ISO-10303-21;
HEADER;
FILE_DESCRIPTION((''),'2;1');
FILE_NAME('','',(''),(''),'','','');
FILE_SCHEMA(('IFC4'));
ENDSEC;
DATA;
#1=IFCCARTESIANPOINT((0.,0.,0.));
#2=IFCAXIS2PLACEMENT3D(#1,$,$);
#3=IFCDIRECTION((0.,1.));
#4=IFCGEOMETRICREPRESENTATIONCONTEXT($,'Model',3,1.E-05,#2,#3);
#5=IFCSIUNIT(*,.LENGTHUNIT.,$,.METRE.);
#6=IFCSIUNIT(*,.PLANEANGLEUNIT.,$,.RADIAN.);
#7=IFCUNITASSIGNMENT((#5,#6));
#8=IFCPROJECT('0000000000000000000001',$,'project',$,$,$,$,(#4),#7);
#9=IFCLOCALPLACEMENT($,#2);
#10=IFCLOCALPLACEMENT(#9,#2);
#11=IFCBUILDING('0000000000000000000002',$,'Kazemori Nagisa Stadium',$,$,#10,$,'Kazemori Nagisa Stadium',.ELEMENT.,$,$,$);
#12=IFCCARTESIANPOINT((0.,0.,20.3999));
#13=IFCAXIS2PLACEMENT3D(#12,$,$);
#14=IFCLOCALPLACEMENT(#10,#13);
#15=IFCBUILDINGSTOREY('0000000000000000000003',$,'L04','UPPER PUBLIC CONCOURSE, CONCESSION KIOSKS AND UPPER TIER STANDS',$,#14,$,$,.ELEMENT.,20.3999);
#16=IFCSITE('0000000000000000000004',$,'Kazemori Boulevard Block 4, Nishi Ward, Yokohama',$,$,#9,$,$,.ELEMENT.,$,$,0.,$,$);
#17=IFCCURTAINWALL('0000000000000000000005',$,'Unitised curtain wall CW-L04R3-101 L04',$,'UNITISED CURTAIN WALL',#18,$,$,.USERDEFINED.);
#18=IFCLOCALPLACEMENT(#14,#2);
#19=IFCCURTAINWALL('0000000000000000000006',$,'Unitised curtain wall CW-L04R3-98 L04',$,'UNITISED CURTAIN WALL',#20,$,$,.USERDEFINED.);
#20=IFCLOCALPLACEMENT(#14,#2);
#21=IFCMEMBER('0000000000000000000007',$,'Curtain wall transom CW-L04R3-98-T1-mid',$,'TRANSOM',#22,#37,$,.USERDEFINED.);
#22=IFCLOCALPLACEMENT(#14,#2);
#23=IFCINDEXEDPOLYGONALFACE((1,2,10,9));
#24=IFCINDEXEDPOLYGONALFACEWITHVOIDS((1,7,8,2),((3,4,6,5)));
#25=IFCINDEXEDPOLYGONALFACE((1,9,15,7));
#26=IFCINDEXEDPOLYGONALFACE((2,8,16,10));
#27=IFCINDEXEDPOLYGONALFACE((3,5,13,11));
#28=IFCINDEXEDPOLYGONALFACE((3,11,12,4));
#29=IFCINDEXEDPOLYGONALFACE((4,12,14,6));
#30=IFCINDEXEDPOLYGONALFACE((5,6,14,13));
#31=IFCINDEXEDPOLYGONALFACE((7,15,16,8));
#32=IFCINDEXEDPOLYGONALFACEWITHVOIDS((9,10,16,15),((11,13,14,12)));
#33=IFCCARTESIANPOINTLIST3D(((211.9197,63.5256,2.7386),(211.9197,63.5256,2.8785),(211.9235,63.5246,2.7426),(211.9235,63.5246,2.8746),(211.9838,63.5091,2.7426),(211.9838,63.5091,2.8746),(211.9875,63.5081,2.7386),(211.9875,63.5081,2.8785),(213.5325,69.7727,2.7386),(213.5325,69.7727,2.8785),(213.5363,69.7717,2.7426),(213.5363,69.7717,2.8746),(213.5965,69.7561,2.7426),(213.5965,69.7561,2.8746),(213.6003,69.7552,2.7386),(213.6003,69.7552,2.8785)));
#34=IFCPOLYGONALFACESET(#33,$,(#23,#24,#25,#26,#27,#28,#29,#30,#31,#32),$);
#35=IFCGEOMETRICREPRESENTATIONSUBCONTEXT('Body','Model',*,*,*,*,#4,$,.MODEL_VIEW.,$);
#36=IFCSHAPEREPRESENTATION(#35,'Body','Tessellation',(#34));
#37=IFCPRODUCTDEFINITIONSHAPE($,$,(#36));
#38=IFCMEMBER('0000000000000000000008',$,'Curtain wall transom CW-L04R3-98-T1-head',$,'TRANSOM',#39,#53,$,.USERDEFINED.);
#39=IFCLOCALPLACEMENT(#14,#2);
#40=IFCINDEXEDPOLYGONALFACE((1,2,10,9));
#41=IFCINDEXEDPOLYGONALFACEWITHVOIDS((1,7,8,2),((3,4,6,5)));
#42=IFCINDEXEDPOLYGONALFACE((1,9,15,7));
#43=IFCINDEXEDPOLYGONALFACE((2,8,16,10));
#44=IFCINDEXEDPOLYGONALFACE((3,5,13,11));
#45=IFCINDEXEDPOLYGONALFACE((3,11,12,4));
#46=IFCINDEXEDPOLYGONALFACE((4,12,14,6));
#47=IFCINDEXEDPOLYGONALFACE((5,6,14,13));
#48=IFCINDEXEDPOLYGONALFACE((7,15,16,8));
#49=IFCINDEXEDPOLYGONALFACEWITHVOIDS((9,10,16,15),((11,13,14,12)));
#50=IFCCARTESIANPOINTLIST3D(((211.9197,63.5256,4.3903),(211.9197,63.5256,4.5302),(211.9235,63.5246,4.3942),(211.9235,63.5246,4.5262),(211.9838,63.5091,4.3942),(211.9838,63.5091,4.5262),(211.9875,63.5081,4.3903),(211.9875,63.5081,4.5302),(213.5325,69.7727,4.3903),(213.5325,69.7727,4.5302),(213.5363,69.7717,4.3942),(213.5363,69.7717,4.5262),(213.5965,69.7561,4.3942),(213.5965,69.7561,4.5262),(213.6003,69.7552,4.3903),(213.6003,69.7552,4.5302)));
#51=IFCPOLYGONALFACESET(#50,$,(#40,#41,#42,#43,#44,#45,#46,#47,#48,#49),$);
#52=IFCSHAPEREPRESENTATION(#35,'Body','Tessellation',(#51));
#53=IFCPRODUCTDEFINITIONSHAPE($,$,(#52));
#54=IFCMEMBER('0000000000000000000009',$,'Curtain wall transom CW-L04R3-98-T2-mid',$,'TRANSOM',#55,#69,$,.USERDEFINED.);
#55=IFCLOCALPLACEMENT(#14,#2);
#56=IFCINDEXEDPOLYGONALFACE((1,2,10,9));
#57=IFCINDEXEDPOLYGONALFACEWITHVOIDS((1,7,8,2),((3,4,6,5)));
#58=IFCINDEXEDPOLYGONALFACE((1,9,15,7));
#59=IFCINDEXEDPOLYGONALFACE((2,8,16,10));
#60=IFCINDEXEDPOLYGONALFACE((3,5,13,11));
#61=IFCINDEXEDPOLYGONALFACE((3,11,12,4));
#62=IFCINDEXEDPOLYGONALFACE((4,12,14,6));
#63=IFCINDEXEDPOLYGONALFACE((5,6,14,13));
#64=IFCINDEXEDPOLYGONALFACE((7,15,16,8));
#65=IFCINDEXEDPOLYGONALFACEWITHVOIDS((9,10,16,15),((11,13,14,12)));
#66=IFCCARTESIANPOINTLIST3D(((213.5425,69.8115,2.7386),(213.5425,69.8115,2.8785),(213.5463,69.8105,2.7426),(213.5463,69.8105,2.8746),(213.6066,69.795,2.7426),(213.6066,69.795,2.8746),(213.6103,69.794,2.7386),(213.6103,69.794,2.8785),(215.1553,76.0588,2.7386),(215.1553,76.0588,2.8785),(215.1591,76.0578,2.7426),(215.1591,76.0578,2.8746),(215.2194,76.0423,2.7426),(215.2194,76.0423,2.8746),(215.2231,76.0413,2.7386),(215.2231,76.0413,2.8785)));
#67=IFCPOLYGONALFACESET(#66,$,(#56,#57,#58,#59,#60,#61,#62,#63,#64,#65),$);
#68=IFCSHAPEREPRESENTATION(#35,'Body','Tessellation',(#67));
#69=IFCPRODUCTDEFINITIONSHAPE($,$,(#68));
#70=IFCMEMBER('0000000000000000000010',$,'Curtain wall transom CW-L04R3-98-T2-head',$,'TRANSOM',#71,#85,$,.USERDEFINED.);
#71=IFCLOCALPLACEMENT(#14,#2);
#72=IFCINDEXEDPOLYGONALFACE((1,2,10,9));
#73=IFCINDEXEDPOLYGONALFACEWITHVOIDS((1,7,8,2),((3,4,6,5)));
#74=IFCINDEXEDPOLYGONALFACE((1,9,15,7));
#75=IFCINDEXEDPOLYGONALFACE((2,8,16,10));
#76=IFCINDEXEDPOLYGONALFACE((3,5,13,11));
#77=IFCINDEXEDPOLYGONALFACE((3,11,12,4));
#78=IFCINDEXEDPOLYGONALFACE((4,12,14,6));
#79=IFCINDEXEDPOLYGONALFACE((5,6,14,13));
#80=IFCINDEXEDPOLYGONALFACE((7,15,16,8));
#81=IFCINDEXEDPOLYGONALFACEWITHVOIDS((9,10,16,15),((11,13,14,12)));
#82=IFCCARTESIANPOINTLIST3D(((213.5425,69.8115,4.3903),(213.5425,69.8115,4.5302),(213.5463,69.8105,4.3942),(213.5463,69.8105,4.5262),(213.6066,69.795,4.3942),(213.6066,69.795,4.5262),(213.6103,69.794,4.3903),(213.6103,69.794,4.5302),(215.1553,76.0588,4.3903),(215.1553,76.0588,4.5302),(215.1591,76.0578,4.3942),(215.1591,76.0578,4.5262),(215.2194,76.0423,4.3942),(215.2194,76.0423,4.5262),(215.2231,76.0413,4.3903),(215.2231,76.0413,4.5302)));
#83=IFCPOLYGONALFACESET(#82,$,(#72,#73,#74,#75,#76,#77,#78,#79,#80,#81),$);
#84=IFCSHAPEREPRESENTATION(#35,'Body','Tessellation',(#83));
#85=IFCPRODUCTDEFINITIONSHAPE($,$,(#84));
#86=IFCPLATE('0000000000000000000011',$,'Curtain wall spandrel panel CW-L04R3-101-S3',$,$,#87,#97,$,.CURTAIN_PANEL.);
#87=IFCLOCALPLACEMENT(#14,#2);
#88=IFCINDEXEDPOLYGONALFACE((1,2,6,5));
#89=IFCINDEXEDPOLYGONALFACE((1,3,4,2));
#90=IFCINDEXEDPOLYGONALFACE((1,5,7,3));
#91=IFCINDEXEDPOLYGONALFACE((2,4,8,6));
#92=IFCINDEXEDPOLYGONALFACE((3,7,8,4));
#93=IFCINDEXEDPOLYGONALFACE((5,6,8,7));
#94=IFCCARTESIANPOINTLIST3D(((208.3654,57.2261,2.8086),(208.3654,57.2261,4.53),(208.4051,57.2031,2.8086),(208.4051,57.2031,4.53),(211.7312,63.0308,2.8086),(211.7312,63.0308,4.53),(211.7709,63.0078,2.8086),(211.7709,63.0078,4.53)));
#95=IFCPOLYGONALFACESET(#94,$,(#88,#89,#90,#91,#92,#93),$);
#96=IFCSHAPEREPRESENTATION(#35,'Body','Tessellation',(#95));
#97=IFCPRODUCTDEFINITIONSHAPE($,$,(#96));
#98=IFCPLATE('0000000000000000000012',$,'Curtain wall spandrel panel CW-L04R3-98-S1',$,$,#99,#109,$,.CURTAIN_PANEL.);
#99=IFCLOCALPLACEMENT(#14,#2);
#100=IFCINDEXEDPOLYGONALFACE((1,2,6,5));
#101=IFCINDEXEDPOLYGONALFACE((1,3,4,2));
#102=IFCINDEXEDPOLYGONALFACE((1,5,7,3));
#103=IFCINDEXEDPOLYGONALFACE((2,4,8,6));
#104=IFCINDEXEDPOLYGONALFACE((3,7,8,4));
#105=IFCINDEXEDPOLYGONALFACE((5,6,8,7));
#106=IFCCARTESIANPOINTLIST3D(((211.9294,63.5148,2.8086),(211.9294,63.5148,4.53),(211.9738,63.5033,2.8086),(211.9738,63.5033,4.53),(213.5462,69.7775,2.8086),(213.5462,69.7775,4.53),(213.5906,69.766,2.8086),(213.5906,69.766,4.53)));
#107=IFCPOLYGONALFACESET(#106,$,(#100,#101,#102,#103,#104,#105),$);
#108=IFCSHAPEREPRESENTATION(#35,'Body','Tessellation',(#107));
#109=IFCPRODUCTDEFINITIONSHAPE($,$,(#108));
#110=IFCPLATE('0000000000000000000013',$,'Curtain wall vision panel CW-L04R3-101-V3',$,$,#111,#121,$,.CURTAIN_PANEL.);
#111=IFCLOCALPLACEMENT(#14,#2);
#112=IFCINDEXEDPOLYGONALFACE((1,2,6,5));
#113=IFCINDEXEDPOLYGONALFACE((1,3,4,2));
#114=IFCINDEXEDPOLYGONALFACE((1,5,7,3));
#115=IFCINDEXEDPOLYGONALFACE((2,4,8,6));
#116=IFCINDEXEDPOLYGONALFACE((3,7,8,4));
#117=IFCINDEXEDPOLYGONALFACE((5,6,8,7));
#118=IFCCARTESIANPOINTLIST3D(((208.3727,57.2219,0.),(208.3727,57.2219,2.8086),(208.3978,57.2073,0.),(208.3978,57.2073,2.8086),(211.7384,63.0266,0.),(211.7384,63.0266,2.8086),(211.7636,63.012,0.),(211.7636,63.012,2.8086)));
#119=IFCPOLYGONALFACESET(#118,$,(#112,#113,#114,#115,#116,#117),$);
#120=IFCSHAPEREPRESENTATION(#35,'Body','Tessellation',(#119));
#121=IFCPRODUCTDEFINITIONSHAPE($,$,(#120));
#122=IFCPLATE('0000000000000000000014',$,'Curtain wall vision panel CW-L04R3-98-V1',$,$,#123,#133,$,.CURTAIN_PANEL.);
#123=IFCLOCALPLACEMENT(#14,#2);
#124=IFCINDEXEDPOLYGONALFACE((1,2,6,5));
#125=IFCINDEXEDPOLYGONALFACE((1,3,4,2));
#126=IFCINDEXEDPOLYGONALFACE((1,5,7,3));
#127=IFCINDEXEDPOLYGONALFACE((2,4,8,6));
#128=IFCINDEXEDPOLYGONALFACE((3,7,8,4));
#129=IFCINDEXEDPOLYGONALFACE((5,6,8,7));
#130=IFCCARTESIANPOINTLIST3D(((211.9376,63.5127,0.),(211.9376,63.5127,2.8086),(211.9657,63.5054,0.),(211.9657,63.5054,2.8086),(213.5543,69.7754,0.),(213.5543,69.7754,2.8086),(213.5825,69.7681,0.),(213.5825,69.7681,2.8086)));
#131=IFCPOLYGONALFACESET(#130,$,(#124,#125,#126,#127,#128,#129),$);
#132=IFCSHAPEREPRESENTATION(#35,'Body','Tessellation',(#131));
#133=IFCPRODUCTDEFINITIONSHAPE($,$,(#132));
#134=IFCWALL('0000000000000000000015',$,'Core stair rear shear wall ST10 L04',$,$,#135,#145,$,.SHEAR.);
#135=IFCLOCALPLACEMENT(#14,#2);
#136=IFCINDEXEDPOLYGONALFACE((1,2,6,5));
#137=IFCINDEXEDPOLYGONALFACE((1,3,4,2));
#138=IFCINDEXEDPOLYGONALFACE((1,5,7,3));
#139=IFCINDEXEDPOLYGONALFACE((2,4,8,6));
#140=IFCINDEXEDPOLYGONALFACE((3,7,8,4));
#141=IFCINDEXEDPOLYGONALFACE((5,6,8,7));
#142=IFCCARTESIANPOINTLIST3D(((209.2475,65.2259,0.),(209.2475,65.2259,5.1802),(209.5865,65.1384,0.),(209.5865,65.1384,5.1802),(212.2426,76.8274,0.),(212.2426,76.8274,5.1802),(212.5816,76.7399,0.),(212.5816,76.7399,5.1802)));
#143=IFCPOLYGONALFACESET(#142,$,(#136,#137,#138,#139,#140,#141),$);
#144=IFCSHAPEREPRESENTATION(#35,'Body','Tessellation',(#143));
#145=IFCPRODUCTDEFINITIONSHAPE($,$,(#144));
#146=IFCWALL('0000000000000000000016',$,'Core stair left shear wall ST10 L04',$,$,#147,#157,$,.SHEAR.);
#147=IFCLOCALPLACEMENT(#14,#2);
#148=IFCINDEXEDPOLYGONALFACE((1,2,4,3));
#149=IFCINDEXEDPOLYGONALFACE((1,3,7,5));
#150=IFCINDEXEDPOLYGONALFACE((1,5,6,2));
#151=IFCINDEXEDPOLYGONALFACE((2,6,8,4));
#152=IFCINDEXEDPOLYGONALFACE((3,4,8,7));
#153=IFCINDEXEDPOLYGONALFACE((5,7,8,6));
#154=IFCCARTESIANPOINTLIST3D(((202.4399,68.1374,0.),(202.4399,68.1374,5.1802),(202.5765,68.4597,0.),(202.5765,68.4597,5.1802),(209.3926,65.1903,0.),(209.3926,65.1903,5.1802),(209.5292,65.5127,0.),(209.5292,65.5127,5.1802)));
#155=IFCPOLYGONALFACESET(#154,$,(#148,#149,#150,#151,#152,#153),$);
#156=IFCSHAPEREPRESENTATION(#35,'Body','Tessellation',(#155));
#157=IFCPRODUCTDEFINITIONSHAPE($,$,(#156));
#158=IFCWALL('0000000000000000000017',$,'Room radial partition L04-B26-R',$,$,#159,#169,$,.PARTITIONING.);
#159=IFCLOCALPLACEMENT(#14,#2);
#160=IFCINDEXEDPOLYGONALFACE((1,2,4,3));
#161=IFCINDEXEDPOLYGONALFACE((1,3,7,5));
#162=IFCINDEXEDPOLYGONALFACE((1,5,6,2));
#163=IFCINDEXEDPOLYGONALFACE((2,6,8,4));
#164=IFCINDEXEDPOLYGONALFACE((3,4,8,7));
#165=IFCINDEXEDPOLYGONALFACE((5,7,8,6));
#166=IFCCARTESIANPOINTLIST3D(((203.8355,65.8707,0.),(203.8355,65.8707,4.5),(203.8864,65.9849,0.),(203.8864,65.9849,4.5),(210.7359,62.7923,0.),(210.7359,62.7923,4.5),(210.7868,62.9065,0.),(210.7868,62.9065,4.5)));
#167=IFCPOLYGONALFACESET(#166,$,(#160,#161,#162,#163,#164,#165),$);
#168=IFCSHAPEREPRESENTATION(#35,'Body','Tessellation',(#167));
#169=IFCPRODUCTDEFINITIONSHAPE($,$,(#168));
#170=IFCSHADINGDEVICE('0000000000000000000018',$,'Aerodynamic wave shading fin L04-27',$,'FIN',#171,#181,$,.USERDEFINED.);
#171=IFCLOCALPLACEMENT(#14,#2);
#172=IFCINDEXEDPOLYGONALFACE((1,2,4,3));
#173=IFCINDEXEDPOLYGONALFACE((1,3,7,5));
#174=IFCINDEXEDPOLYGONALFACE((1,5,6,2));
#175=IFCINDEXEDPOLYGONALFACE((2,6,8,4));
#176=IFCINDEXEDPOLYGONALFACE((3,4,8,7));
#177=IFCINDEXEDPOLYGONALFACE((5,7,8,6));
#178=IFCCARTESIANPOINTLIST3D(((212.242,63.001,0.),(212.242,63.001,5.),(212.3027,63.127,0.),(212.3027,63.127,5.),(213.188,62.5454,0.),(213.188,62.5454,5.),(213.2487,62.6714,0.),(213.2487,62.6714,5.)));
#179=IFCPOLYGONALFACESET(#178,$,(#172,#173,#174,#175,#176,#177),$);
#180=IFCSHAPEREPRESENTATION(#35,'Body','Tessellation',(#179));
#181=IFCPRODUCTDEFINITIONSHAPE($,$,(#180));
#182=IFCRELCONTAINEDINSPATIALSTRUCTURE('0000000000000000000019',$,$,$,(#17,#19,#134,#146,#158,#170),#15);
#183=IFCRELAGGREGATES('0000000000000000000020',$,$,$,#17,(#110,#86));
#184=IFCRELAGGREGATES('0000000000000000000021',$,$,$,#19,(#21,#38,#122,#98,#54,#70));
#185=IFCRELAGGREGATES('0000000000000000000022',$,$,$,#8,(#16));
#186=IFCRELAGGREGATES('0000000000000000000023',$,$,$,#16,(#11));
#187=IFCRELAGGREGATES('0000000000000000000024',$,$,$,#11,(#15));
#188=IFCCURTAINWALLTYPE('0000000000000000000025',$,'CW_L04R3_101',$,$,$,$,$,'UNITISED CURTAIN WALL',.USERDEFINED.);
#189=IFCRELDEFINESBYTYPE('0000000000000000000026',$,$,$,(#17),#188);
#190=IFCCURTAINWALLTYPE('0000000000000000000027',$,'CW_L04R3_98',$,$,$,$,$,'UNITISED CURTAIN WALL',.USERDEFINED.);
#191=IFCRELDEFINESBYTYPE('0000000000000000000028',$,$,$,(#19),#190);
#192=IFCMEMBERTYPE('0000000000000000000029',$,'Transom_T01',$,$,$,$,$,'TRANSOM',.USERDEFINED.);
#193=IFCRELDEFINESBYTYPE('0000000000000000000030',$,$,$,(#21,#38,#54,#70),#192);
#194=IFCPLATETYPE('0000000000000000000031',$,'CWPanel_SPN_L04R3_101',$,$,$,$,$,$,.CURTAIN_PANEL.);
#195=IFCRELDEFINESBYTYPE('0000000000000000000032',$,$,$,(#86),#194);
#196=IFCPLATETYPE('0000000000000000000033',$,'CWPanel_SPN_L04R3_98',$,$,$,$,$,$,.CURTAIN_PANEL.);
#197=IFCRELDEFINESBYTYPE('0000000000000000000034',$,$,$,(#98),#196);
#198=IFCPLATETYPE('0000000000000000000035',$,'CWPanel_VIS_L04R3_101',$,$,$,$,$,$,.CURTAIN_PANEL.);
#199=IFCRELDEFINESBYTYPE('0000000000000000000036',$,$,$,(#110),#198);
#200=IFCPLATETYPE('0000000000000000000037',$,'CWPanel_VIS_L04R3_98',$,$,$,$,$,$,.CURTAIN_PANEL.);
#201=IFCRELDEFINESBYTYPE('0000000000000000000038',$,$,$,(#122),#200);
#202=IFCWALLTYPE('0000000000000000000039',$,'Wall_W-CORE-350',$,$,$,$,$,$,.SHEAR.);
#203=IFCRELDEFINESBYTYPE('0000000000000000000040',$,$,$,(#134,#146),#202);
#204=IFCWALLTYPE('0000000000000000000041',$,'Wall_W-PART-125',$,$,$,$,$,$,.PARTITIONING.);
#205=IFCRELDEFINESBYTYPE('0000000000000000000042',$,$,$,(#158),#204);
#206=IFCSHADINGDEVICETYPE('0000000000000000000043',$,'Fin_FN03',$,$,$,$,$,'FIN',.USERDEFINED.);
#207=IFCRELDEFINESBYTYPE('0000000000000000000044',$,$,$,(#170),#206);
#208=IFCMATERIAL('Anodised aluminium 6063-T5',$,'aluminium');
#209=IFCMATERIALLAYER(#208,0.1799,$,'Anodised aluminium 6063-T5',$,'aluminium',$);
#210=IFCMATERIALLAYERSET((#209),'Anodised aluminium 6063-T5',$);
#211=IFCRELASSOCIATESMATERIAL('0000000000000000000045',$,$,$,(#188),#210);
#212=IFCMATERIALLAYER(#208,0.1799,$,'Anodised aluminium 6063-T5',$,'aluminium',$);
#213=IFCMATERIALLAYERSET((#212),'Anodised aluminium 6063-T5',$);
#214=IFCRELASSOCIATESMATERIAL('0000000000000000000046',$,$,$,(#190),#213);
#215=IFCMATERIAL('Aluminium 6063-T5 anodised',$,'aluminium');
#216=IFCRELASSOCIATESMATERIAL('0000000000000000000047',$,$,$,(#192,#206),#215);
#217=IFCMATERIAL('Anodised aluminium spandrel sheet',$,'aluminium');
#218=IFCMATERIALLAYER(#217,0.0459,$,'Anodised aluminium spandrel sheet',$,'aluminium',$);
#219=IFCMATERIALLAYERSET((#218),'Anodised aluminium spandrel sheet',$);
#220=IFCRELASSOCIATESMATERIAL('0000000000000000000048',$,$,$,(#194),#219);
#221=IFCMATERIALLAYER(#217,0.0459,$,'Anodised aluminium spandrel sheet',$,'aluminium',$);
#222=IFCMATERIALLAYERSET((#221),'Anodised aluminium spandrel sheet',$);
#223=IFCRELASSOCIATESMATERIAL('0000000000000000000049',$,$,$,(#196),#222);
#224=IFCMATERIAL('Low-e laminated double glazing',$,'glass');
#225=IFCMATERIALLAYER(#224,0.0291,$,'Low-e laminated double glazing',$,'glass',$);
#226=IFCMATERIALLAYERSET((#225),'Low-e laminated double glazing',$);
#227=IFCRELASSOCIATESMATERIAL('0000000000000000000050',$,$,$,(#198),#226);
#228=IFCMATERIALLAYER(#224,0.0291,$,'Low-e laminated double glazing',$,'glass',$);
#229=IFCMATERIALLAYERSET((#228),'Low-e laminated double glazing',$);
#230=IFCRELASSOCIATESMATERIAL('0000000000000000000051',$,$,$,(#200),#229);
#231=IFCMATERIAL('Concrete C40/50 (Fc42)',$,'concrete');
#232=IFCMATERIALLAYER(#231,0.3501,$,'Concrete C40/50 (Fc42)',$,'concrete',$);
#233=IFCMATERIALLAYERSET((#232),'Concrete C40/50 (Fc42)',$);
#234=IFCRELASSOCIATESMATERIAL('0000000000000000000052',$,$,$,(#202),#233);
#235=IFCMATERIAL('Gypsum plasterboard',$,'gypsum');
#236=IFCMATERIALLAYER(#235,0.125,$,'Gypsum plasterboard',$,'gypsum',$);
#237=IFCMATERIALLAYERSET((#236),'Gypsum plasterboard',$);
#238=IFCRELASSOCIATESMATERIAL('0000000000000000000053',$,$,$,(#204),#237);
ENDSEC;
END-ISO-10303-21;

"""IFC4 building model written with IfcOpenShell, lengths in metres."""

from ifc_helpers import new_model, si_unit, direction, frame, frame_2d, origin, origin_2d, place, context, subcontext, project, spatial, rectangle, hollow_rectangle, extrude, material, layer, layer_set, material_profile, profile_set, type_object, element, aggregate, save


model = new_model("IFC4")

# Units and contexts
model_context = context("Model", 3, precision=1e-05, world=origin(), true_north=direction((0.0, 1.0)))
body_context = subcontext(model_context, "Body", "Model", "MODEL_VIEW")
ifc_project = project(units=[si_unit("LENGTHUNIT", "METRE"), si_unit("PLANEANGLEUNIT", "RADIAN")], contexts=[model_context])

# Site, building, storey
site_placement = place(None, origin())
site = spatial("IfcSite", under=ifc_project, at=site_placement, Name="Kazemori Boulevard Block 4, Nishi Ward, Yokohama", CompositionType="ELEMENT", RefElevation=0.0)
building_placement = place(site_placement, origin())
building = spatial("IfcBuilding", under=site, at=building_placement, Name="Kazemori Nagisa Stadium", LongName="Kazemori Nagisa Stadium", CompositionType="ELEMENT")
storey_placement = place(building_placement, frame((0.0, 0.0, 20.3999)))
storey = spatial("IfcBuildingStorey", under=building, at=storey_placement, Name="L04", Description="UPPER PUBLIC CONCOURSE, CONCESSION KIOSKS AND UPPER TIER STANDS", CompositionType="ELEMENT", Elevation=20.3999)

# Curtain walls
ifc_material_1 = material(Name="Anodised aluminium 6063-T5", Category="aluminium")
ifc_layer_1 = layer(ifc_material_1, 0.1799, Name="Anodised aluminium 6063-T5", Category="aluminium")
ifc_layer_set_1 = layer_set([ifc_layer_1], Name="Anodised aluminium 6063-T5")
curtain_wall_type_1 = type_object("IfcCurtainWallType", Name="CW_L04R3_101", ElementType="UNITISED CURTAIN WALL", PredefinedType="USERDEFINED", material=ifc_layer_set_1)
curtain_wall_1_placement = place(storey_placement, origin())
curtain_wall_1 = element("IfcCurtainWall", 1, at=curtain_wall_1_placement, inside=storey, type_object=curtain_wall_type_1, Name="Unitised curtain wall CW-L04R3-101 L04", ObjectType="UNITISED CURTAIN WALL", PredefinedType="USERDEFINED")
ifc_material_2 = material(Name="Aluminium 6063-T5 anodised", Category="aluminium")
ifc_layer_2 = layer(ifc_material_1, 0.1799, Name="Anodised aluminium 6063-T5", Category="aluminium")
ifc_layer_set_2 = layer_set([ifc_layer_2], Name="Anodised aluminium 6063-T5")
curtain_wall_type_2 = type_object("IfcCurtainWallType", Name="CW_L04R3_98", ElementType="UNITISED CURTAIN WALL", PredefinedType="USERDEFINED", material=ifc_layer_set_2)
curtain_wall_2_placement = place(storey_placement, origin())
curtain_wall_2 = element("IfcCurtainWall", 2, at=curtain_wall_2_placement, inside=storey, type_object=curtain_wall_type_2, Name="Unitised curtain wall CW-L04R3-98 L04", ObjectType="UNITISED CURTAIN WALL", PredefinedType="USERDEFINED")

# Members
ifc_material_profile_1 = material_profile(ifc_material_2, hollow_rectangle(XDim=0.0701, YDim=0.1399, WallThickness=0.0039, at=origin_2d()), Name="ALU-TRAN-70x140x4")
ifc_profile_set_1 = profile_set([ifc_material_profile_1], Name="Aluminium 6063-T5 anodised")
member_type_1 = type_object("IfcMemberType", Name="Transom_T01", ElementType="TRANSOM", PredefinedType="USERDEFINED", material=ifc_profile_set_1)
member_1_placement = place(storey_placement, frame((211.9536, 63.5168, 2.8086), z_axis=(0.249972, 0.968253, 0.0), x_axis=(-0.968253, 0.249972, 0.0)))
member_1 = element("IfcMember", 3, at=member_1_placement, type_object=member_type_1, Name="Curtain wall transom CW-L04R3-98-T1-mid", ObjectType="TRANSOM", PredefinedType="USERDEFINED", context=body_context, shape_type="SweptSolid", body=[
    extrude(hollow_rectangle(XDim=0.0701, YDim=0.1399, WallThickness=0.0039, at=origin_2d()), origin(), (0.0, 0.0, 1.0), 6.4519),
])
member_2_placement = place(storey_placement, frame((211.9536, 63.5168, 4.4602), z_axis=(0.249972, 0.968253, 0.0), x_axis=(-0.968253, 0.249972, 0.0)))
member_2 = element("IfcMember", 4, at=member_2_placement, type_object=member_type_1, Name="Curtain wall transom CW-L04R3-98-T1-head", ObjectType="TRANSOM", PredefinedType="USERDEFINED", context=body_context, shape_type="SweptSolid", body=[
    extrude(hollow_rectangle(XDim=0.0701, YDim=0.1399, WallThickness=0.0039, at=origin_2d()), origin(), (0.0, 0.0, 1.0), 6.4519),
])
member_3_placement = place(storey_placement, frame((213.5764, 69.8027, 2.8086), z_axis=(0.249963, 0.968255, 0.0), x_axis=(-0.968255, 0.249963, 0.0)))
member_3 = element("IfcMember", 5, at=member_3_placement, type_object=member_type_1, Name="Curtain wall transom CW-L04R3-98-T2-mid", ObjectType="TRANSOM", PredefinedType="USERDEFINED", context=body_context, shape_type="SweptSolid", body=[
    extrude(hollow_rectangle(XDim=0.0701, YDim=0.1399, WallThickness=0.0039, at=origin_2d()), origin(), (0.0, 0.0, 1.0), 6.4521),
])
member_4_placement = place(storey_placement, frame((213.5764, 69.8027, 4.4602), z_axis=(0.249963, 0.968255, 0.0), x_axis=(-0.968255, 0.249963, 0.0)))
member_4 = element("IfcMember", 6, at=member_4_placement, type_object=member_type_1, Name="Curtain wall transom CW-L04R3-98-T2-head", ObjectType="TRANSOM", PredefinedType="USERDEFINED", context=body_context, shape_type="SweptSolid", body=[
    extrude(hollow_rectangle(XDim=0.0701, YDim=0.1399, WallThickness=0.0039, at=origin_2d()), origin(), (0.0, 0.0, 1.0), 6.4521),
])

# Plates
ifc_material_3 = material(Name="Anodised aluminium spandrel sheet", Category="aluminium")
ifc_layer_3 = layer(ifc_material_3, 0.0459, Name="Anodised aluminium spandrel sheet", Category="aluminium")
ifc_layer_set_3 = layer_set([ifc_layer_3], Name="Anodised aluminium spandrel sheet")
plate_type_1 = type_object("IfcPlateType", Name="CWPanel_SPN_L04R3_101", PredefinedType="CURTAIN_PANEL", material=ifc_layer_set_3)
plate_1_placement = place(storey_placement, frame((210.0681, 60.1169, 2.8086), z_axis=(0.0, 0.0, 1.0), x_axis=(0.501612, 0.865093, 0.0)))
plate_1 = element("IfcPlate", 7, at=plate_1_placement, type_object=plate_type_1, Name="Curtain wall spandrel panel CW-L04R3-101-S3", PredefinedType="CURTAIN_PANEL", context=body_context, shape_type="SweptSolid", body=[
    extrude(rectangle(XDim=6.71, YDim=0.0459, at=origin_2d()), origin(), (0.0, 0.0, 1.0), 1.7214),
])
ifc_layer_4 = layer(ifc_material_3, 0.0459, Name="Anodised aluminium spandrel sheet", Category="aluminium")
ifc_layer_set_4 = layer_set([ifc_layer_4], Name="Anodised aluminium spandrel sheet")
plate_type_2 = type_object("IfcPlateType", Name="CWPanel_SPN_L04R3_98", PredefinedType="CURTAIN_PANEL", material=ifc_layer_set_4)
plate_2_placement = place(storey_placement, frame((212.76, 66.6404, 2.8086), z_axis=(0.0, 0.0, 1.0), x_axis=(0.249965, 0.968255, 0.0)))
plate_2 = element("IfcPlate", 8, at=plate_2_placement, type_object=plate_type_2, Name="Curtain wall spandrel panel CW-L04R3-98-S1", PredefinedType="CURTAIN_PANEL", context=body_context, shape_type="SweptSolid", body=[
    extrude(rectangle(XDim=6.468, YDim=0.0459, at=origin_2d()), origin(), (0.0, 0.0, 1.0), 1.7214),
])
ifc_material_4 = material(Name="Low-e laminated double glazing", Category="glass")
ifc_layer_5 = layer(ifc_material_4, 0.0291, Name="Low-e laminated double glazing", Category="glass")
ifc_layer_set_5 = layer_set([ifc_layer_5], Name="Low-e laminated double glazing")
plate_type_3 = type_object("IfcPlateType", Name="CWPanel_VIS_L04R3_101", PredefinedType="CURTAIN_PANEL", material=ifc_layer_set_5)
plate_3_placement = place(storey_placement, frame((210.0681, 60.1169, 0.0), z_axis=(0.0, 0.0, 1.0), x_axis=(0.501612, 0.865093, 0.0)))
plate_3 = element("IfcPlate", 9, at=plate_3_placement, type_object=plate_type_3, Name="Curtain wall vision panel CW-L04R3-101-V3", PredefinedType="CURTAIN_PANEL", context=body_context, shape_type="SweptSolid", body=[
    extrude(rectangle(XDim=6.71, YDim=0.0291, at=origin_2d()), origin(), (0.0, 0.0, 1.0), 2.8086),
])
aggregate(curtain_wall_1, [plate_3, plate_1])
ifc_layer_6 = layer(ifc_material_4, 0.0291, Name="Low-e laminated double glazing", Category="glass")
ifc_layer_set_6 = layer_set([ifc_layer_6], Name="Low-e laminated double glazing")
plate_type_4 = type_object("IfcPlateType", Name="CWPanel_VIS_L04R3_98", PredefinedType="CURTAIN_PANEL", material=ifc_layer_set_6)
plate_4_placement = place(storey_placement, frame((212.76, 66.6404, 0.0), z_axis=(0.0, 0.0, 1.0), x_axis=(0.249965, 0.968255, 0.0)))
plate_4 = element("IfcPlate", 10, at=plate_4_placement, type_object=plate_type_4, Name="Curtain wall vision panel CW-L04R3-98-V1", PredefinedType="CURTAIN_PANEL", context=body_context, shape_type="SweptSolid", body=[
    extrude(rectangle(XDim=6.468, YDim=0.0291, at=origin_2d()), origin(), (0.0, 0.0, 1.0), 2.8086),
])
aggregate(curtain_wall_2, [member_1, member_2, plate_4, plate_2, member_3, member_4])

# Walls
ifc_material_5 = material(Name="Concrete C40/50 (Fc42)", Category="concrete")
ifc_layer_7 = layer(ifc_material_5, 0.3501, Name="Concrete C40/50 (Fc42)", Category="concrete")
ifc_layer_set_7 = layer_set([ifc_layer_7], Name="Concrete C40/50 (Fc42)")
wall_type_1 = type_object("IfcWallType", Name="Wall_W-CORE-350", PredefinedType="SHEAR", material=ifc_layer_set_7)
wall_1_placement = place(storey_placement, frame((209.417, 65.1821, 0.0), z_axis=(0.0, 0.0, 1.0), x_axis=(0.249969, 0.968254, 0.0)))
element("IfcWall", 11, at=wall_1_placement, inside=storey, type_object=wall_type_1, Name="Core stair rear shear wall ST10 L04", PredefinedType="SHEAR", context=body_context, shape_type="SweptSolid", body=[
    extrude(rectangle(XDim=11.9819, YDim=0.3501, at=frame_2d((5.991, 0.0))), origin(), (0.0, 0.0, 1.0), 5.1802),
])
wall_2_placement = place(storey_placement, frame((202.5081, 68.2986, 0.0), z_axis=(0.0, 0.0, 1.0), x_axis=(0.920705, -0.39026, 0.0)))
element("IfcWall", 12, at=wall_2_placement, inside=storey, type_object=wall_type_1, Name="Core stair left shear wall ST10 L04", PredefinedType="SHEAR", context=body_context, shape_type="SweptSolid", body=[
    extrude(rectangle(XDim=7.5515, YDim=0.3501, at=frame_2d((3.7759, 0.0))), origin(), (0.0, 0.0, 1.0), 5.1802),
])
ifc_material_6 = material(Name="Gypsum plasterboard", Category="gypsum")
ifc_layer_8 = layer(ifc_material_6, 0.125, Name="Gypsum plasterboard", Category="gypsum")
ifc_layer_set_8 = layer_set([ifc_layer_8], Name="Gypsum plasterboard")
wall_type_2 = type_object("IfcWallType", Name="Wall_W-PART-125", PredefinedType="PARTITIONING", material=ifc_layer_set_8)
wall_3_placement = place(storey_placement, frame((203.8611, 65.9277, 0.0), z_axis=(0.0, 0.0, 1.0), x_axis=(0.913244, -0.407412, 0.0)))
element("IfcWall", 13, at=wall_3_placement, inside=storey, type_object=wall_type_2, Name="Room radial partition L04-B26-R", PredefinedType="PARTITIONING", context=body_context, shape_type="SweptSolid", body=[
    extrude(rectangle(XDim=7.5559, YDim=0.125, at=frame_2d((3.7778, 0.0))), origin(), (0.0, 0.0, 1.0), 4.5),
])

# Shading device
shading_device_type = type_object("IfcShadingDeviceType", Name="Fin_FN03", ElementType="FIN", PredefinedType="USERDEFINED", material=ifc_material_2)
shading_device_placement = place(storey_placement, frame((212.7454, 62.8362, 0.0), z_axis=(0.0, 0.0, 1.0), x_axis=(0.900969, -0.433884, 0.0)))
element("IfcShadingDevice", 14, at=shading_device_placement, inside=storey, type_object=shading_device_type, Name="Aerodynamic wave shading fin L04-27", ObjectType="FIN", PredefinedType="USERDEFINED", context=body_context, shape_type="SweptSolid", body=[
    extrude(rectangle(XDim=1.05, YDim=0.1399, at=origin_2d()), origin(), (0.0, 0.0, 1.0), 5.0),
])

save(model, "model.ifc")
